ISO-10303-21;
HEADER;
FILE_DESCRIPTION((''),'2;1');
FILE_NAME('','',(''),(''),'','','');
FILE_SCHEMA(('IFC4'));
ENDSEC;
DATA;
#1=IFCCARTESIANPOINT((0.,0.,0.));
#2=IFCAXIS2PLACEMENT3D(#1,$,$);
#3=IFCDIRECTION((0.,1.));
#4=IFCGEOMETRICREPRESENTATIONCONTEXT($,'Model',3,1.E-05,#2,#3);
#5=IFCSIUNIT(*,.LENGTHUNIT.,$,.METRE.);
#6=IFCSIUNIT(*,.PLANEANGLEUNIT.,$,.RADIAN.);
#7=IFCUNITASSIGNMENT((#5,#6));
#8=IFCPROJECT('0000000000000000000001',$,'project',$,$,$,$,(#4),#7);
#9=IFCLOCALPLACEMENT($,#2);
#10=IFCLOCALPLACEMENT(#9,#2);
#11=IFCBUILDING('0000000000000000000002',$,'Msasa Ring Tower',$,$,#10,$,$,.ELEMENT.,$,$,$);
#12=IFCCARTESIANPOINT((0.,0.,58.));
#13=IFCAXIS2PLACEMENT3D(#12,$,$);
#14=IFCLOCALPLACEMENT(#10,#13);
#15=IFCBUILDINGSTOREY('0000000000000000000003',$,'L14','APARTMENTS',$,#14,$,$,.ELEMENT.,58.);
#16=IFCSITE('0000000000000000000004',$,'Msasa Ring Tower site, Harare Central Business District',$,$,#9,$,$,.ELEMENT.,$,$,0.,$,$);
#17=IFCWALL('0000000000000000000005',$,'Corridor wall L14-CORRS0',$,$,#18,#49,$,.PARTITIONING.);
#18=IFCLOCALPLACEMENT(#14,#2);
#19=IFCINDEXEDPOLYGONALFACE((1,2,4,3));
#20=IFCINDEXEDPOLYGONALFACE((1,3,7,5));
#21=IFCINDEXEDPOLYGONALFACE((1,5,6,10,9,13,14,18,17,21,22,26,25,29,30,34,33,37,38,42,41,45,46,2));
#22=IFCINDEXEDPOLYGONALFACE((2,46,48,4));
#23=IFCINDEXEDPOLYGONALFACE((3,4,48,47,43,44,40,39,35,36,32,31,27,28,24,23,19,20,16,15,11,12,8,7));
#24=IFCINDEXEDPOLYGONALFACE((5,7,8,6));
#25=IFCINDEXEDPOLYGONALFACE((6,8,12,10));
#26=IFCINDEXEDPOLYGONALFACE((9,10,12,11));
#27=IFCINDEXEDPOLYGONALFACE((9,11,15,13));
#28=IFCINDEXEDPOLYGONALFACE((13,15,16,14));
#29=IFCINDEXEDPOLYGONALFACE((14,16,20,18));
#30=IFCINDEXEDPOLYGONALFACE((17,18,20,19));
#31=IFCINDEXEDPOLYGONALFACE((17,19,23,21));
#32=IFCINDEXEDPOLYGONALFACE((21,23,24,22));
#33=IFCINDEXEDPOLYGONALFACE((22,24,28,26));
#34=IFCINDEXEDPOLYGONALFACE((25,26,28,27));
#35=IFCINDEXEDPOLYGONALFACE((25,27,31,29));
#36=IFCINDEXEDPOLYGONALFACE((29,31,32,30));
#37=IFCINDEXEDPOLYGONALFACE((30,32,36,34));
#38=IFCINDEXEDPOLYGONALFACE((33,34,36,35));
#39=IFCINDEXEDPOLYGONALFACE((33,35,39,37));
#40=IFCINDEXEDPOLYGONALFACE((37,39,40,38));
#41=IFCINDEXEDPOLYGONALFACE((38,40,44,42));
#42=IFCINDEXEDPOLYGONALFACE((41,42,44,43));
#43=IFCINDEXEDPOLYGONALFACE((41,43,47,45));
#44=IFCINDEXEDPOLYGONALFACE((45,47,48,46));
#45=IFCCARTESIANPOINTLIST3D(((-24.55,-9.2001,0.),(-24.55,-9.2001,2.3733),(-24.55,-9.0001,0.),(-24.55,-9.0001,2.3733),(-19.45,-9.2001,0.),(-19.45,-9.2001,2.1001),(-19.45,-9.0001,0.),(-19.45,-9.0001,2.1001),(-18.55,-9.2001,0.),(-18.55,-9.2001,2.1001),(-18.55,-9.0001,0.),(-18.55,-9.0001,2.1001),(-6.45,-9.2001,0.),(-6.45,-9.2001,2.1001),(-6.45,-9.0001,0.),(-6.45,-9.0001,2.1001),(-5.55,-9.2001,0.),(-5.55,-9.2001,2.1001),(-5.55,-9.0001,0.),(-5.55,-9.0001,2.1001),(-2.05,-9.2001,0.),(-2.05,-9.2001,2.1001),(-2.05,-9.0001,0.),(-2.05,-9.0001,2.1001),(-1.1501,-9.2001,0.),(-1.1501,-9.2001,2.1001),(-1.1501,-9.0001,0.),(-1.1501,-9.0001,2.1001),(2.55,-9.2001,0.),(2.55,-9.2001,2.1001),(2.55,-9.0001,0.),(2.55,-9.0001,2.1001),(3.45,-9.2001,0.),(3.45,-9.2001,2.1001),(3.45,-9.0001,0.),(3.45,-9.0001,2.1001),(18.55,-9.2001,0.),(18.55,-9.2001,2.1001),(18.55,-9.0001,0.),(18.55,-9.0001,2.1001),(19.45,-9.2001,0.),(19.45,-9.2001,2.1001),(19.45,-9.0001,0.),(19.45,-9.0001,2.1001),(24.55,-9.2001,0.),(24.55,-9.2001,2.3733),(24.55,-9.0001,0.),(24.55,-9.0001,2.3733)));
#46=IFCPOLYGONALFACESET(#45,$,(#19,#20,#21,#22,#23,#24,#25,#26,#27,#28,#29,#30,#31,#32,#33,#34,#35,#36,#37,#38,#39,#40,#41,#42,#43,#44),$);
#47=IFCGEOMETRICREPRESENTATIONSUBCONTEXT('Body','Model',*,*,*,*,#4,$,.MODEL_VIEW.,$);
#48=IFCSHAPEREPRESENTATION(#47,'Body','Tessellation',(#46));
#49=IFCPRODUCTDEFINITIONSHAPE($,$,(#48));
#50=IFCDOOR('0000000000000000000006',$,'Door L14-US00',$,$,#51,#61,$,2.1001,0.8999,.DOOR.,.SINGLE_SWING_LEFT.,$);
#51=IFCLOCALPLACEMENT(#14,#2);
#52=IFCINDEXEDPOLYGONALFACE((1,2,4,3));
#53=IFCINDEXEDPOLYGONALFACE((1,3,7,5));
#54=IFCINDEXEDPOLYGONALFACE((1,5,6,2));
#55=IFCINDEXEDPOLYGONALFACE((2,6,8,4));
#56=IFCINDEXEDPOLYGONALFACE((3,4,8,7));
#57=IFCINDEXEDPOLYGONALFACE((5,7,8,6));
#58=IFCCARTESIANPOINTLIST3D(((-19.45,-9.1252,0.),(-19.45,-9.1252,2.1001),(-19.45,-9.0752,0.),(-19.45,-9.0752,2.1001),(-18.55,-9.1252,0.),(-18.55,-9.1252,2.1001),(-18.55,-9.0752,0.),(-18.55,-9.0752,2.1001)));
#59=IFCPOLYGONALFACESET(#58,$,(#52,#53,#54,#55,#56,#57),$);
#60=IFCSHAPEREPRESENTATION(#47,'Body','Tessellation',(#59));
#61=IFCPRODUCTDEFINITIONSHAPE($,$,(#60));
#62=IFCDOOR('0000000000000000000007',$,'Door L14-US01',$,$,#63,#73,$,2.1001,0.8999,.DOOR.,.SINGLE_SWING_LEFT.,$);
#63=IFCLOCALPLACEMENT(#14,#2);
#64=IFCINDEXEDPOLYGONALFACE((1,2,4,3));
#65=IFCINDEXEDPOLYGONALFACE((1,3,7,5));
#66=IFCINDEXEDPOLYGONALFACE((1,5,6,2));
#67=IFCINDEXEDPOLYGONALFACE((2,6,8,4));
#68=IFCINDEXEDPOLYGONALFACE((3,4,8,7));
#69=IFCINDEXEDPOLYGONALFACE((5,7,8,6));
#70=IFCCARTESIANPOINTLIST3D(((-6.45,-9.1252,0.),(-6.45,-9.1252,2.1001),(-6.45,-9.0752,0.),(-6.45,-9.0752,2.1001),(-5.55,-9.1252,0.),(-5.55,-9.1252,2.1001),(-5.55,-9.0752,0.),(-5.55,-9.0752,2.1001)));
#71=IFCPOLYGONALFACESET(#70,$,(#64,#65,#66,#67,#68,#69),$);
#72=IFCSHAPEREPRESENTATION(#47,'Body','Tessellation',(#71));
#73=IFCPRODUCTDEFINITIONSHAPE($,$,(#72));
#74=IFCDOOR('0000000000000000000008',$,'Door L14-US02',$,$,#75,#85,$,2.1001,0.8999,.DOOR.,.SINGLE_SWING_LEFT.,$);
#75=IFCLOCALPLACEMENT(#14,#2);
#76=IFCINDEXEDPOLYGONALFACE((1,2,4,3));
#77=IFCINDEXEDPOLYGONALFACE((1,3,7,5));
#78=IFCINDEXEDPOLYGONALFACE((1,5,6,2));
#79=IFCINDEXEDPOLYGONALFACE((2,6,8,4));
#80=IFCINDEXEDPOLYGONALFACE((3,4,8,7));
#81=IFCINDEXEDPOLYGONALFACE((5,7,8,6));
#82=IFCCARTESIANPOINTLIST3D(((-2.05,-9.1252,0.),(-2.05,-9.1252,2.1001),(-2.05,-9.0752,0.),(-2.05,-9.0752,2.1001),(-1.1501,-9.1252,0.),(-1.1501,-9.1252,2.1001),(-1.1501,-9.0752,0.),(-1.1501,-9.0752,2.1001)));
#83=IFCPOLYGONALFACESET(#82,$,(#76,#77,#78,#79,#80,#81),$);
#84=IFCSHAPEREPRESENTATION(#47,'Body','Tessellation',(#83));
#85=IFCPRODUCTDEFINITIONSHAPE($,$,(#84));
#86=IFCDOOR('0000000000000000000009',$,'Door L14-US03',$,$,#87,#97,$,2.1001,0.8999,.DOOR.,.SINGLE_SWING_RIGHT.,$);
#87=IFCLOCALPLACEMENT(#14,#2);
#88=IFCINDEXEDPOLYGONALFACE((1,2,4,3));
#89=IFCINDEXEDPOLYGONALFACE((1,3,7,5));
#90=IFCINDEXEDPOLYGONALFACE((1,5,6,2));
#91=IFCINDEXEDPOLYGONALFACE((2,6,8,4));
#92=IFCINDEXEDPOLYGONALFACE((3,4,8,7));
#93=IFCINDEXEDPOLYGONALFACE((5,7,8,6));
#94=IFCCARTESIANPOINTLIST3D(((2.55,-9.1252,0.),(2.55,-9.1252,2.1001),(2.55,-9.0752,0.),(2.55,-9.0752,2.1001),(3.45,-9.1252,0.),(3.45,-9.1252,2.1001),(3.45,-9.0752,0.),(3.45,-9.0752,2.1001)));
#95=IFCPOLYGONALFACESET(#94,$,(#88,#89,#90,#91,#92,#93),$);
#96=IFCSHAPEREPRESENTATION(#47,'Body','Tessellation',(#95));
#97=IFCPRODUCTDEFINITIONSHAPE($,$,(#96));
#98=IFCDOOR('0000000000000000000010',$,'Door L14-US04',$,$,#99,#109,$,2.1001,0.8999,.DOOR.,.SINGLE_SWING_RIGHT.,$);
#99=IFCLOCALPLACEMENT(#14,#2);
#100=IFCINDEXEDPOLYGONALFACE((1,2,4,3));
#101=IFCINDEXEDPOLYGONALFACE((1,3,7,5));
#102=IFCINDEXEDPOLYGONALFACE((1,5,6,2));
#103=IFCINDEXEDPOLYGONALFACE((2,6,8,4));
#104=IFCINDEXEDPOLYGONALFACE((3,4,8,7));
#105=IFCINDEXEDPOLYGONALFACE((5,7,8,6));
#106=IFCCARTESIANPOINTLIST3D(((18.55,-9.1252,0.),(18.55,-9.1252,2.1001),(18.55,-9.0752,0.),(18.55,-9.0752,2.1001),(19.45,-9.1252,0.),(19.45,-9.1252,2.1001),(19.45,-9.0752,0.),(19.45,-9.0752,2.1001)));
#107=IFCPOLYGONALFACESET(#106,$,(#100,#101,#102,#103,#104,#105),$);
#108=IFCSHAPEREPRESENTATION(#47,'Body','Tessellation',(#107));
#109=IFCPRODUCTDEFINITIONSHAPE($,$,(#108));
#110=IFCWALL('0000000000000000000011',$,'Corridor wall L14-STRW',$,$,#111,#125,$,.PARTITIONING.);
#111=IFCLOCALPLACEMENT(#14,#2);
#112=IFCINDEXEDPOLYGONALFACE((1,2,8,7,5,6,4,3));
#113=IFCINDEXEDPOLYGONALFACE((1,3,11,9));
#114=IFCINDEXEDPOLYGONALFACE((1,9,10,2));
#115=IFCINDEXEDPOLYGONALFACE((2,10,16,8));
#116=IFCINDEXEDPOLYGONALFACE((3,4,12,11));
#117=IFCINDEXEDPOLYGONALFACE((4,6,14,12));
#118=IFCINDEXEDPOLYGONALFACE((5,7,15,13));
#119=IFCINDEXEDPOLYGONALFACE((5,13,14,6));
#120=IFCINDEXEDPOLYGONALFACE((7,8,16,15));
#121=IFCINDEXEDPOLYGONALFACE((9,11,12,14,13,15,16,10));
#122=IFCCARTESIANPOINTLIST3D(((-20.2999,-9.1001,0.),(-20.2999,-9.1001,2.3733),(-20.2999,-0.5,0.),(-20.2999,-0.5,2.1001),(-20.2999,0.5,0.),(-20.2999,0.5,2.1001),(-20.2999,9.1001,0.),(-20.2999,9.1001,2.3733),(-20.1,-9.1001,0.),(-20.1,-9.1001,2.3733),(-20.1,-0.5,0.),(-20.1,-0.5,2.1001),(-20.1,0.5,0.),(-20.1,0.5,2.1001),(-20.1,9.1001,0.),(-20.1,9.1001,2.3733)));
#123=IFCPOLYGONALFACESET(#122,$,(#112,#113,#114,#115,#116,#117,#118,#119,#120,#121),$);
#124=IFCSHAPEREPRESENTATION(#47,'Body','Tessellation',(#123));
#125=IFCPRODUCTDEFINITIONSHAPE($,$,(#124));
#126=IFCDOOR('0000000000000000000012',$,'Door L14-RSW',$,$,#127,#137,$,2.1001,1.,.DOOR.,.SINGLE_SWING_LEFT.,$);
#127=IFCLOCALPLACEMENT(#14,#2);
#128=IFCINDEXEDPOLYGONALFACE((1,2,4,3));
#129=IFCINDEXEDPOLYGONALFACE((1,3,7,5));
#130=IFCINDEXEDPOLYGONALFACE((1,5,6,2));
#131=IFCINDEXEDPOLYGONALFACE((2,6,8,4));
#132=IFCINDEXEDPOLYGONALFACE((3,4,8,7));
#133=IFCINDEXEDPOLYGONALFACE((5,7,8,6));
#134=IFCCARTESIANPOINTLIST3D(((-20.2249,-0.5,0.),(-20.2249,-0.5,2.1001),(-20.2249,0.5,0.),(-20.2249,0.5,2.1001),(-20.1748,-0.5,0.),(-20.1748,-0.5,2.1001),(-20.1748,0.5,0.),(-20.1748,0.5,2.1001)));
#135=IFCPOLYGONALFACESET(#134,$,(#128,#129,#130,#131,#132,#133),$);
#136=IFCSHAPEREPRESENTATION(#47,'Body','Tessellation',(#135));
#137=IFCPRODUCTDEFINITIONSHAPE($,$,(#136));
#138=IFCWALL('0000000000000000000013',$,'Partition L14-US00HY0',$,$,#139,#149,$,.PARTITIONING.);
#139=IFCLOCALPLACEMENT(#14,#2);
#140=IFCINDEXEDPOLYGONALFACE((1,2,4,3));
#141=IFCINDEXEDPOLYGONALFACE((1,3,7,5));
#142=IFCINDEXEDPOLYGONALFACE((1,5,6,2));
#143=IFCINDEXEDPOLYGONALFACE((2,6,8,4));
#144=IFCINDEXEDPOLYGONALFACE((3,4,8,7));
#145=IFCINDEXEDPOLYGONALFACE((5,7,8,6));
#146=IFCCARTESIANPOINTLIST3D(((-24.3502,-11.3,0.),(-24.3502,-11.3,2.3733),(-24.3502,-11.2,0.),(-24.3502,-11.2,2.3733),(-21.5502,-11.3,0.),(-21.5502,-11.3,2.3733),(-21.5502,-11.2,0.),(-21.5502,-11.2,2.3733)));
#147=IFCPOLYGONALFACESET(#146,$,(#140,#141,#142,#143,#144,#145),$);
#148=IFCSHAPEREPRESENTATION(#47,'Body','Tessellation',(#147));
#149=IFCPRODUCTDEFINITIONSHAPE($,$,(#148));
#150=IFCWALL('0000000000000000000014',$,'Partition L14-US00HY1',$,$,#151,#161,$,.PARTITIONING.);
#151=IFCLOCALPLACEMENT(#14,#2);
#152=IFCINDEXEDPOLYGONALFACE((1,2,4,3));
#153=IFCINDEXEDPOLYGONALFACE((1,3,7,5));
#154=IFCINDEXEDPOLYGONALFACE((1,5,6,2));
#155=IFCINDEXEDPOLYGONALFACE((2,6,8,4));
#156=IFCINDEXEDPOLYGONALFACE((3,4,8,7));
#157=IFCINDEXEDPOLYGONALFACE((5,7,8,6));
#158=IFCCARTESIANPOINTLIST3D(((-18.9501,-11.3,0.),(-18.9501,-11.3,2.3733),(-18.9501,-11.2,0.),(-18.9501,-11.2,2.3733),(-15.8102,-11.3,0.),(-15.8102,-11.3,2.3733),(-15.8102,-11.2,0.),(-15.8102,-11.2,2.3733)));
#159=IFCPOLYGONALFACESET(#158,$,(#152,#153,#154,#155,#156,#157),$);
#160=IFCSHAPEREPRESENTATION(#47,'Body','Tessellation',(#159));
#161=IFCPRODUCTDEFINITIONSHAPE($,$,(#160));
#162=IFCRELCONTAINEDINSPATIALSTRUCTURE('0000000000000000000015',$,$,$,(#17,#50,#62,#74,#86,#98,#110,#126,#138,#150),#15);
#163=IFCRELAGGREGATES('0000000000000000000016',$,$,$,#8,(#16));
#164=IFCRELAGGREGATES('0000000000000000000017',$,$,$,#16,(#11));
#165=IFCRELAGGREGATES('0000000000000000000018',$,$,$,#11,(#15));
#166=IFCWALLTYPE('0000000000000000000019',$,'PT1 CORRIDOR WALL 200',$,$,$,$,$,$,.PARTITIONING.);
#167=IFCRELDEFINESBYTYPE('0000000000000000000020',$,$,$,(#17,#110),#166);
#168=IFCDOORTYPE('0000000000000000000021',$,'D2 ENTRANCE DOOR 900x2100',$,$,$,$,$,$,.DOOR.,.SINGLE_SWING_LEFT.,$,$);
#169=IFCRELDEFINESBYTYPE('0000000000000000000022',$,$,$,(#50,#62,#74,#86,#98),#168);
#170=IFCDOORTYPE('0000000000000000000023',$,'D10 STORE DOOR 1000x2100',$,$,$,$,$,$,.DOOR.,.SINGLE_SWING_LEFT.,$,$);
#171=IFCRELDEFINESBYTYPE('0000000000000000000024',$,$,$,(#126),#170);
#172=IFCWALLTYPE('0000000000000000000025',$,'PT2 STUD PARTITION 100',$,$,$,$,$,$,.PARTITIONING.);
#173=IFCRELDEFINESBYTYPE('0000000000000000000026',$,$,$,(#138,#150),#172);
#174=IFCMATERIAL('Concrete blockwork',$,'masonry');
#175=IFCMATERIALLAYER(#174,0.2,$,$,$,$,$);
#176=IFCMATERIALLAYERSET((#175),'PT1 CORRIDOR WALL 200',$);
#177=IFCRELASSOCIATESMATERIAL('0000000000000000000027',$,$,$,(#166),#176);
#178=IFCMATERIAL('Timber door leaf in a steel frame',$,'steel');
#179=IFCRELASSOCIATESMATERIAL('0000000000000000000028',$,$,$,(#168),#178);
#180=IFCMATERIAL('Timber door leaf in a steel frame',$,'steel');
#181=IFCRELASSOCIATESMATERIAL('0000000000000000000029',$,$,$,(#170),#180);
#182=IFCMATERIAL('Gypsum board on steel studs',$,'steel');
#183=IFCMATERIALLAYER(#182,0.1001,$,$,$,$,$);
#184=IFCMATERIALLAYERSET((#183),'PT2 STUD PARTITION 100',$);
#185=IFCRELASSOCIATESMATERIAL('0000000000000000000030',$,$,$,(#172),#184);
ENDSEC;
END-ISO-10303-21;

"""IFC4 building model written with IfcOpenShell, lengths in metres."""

from ifc_helpers import new_model, si_unit, direction, frame, frame_2d, origin, place, context, subcontext, project, spatial, rectangle, extrude, material, layer, layer_set, type_object, element, fill, save


model = new_model("IFC4")

# Units and contexts
model_context = context("Model", 3, precision=1e-05, world=origin(), true_north=direction((0.0, 1.0)))
body_context = subcontext(model_context, "Body", "Model", "MODEL_VIEW")
ifc_project = project(units=[si_unit("LENGTHUNIT", "METRE"), si_unit("PLANEANGLEUNIT", "RADIAN")], contexts=[model_context])

# Site, building, storey
site_placement = place(None, origin())
site = spatial("IfcSite", under=ifc_project, at=site_placement, Name="Msasa Ring Tower site, Harare Central Business District", CompositionType="ELEMENT", RefElevation=0.0)
building_placement = place(site_placement, origin())
building = spatial("IfcBuilding", under=site, at=building_placement, Name="Msasa Ring Tower", CompositionType="ELEMENT")
storey_placement = place(building_placement, frame((0.0, 0.0, 58.0)))
storey = spatial("IfcBuildingStorey", under=building, at=storey_placement, Name="L14", Description="APARTMENTS", CompositionType="ELEMENT", Elevation=58.0)

# Wall, openings, doors
ifc_material_1 = material(Name="Concrete blockwork", Category="masonry")
ifc_layer_1 = layer(ifc_material_1, 0.2)
ifc_layer_set_1 = layer_set([ifc_layer_1], Name="PT1 CORRIDOR WALL 200")
wall_type_1 = type_object("IfcWallType", Name="PT1 CORRIDOR WALL 200", PredefinedType="PARTITIONING", material=ifc_layer_set_1)
wall_1_placement = place(storey_placement, frame((-24.55, -9.1001, 0.0), z_axis=(0.0, 0.0, 1.0), x_axis=(1.0, 0.0, 0.0)))
wall_1 = element("IfcWall", 1, at=wall_1_placement, inside=storey, type_object=wall_type_1, Name="Corridor wall L14-CORRS0", PredefinedType="PARTITIONING", context=body_context, shape_type="SweptSolid", body=[
    extrude(rectangle(XDim=49.1001, YDim=0.2, at=frame_2d((24.55, 0.0))), origin(), (0.0, 0.0, 1.0), 2.3733),
])
opening_1_placement = place(wall_1_placement, frame((5.1001, 0.0, 0.0)))
opening_1 = element("IfcOpeningElement", 2, at=opening_1_placement, cuts=wall_1, PredefinedType="OPENING", context=body_context, shape_type="SweptSolid", body=[
    extrude(rectangle(XDim=0.8999, YDim=2.1001, at=frame_2d((0.45, 1.05))), frame((0.0, 0.1099, 0.0), z_axis=(0.0, -1.0, 0.0), x_axis=(1.0, 0.0, 0.0)), (0.0, 0.0, 1.0), 0.22),
])
opening_2_placement = place(wall_1_placement, frame((18.1001, 0.0, 0.0)))
opening_2 = element("IfcOpeningElement", 3, at=opening_2_placement, cuts=wall_1, PredefinedType="OPENING", context=body_context, shape_type="SweptSolid", body=[
    extrude(rectangle(XDim=0.8999, YDim=2.1001, at=frame_2d((0.45, 1.05))), frame((0.0, 0.1099, 0.0), z_axis=(0.0, -1.0, 0.0), x_axis=(1.0, 0.0, 0.0)), (0.0, 0.0, 1.0), 0.22),
])
opening_3_placement = place(wall_1_placement, frame((22.5, 0.0, 0.0)))
opening_3 = element("IfcOpeningElement", 4, at=opening_3_placement, cuts=wall_1, PredefinedType="OPENING", context=body_context, shape_type="SweptSolid", body=[
    extrude(rectangle(XDim=0.8999, YDim=2.1001, at=frame_2d((0.45, 1.05))), frame((0.0, 0.1099, 0.0), z_axis=(0.0, -1.0, 0.0), x_axis=(1.0, 0.0, 0.0)), (0.0, 0.0, 1.0), 0.22),
])
opening_4_placement = place(wall_1_placement, frame((27.1001, 0.0, 0.0)))
opening_4 = element("IfcOpeningElement", 5, at=opening_4_placement, cuts=wall_1, PredefinedType="OPENING", context=body_context, shape_type="SweptSolid", body=[
    extrude(rectangle(XDim=0.8999, YDim=2.1001, at=frame_2d((0.45, 1.05))), frame((0.0, 0.1099, 0.0), z_axis=(0.0, -1.0, 0.0), x_axis=(1.0, 0.0, 0.0)), (0.0, 0.0, 1.0), 0.22),
])
opening_5_placement = place(wall_1_placement, frame((43.1001, 0.0, 0.0)))
opening_5 = element("IfcOpeningElement", 6, at=opening_5_placement, cuts=wall_1, PredefinedType="OPENING", context=body_context, shape_type="SweptSolid", body=[
    extrude(rectangle(XDim=0.8999, YDim=2.1001, at=frame_2d((0.45, 1.05))), frame((0.0, 0.1099, 0.0), z_axis=(0.0, -1.0, 0.0), x_axis=(1.0, 0.0, 0.0)), (0.0, 0.0, 1.0), 0.22),
])
ifc_material_2 = material(Name="Timber door leaf in a steel frame", Category="steel")
door_type_1 = type_object("IfcDoorType", Name="D2 ENTRANCE DOOR 900x2100", OperationType="SINGLE_SWING_LEFT", PredefinedType="DOOR", material=ifc_material_2)
door_1_placement = place(opening_1_placement, origin())
door_1 = element("IfcDoor", 7, at=door_1_placement, inside=storey, type_object=door_type_1, Name="Door L14-US00", OperationType="SINGLE_SWING_LEFT", OverallHeight=2.1001, OverallWidth=0.8999, PredefinedType="DOOR", context=body_context, shape_type="SweptSolid", body=[
    extrude(rectangle(XDim=0.8999, YDim=2.1001, at=frame_2d((0.45, 1.05))), frame((0.0, 0.0249, 0.0), z_axis=(0.0, -1.0, 0.0), x_axis=(1.0, 0.0, 0.0)), (0.0, 0.0, 1.0), 0.05),
])
fill(opening_1, door_1)
door_2_placement = place(opening_2_placement, origin())
door_2 = element("IfcDoor", 8, at=door_2_placement, inside=storey, type_object=door_type_1, Name="Door L14-US01", OperationType="SINGLE_SWING_LEFT", OverallHeight=2.1001, OverallWidth=0.8999, PredefinedType="DOOR", context=body_context, shape_type="SweptSolid", body=[
    extrude(rectangle(XDim=0.8999, YDim=2.1001, at=frame_2d((0.45, 1.05))), frame((0.0, 0.0249, 0.0), z_axis=(0.0, -1.0, 0.0), x_axis=(1.0, 0.0, 0.0)), (0.0, 0.0, 1.0), 0.05),
])
fill(opening_2, door_2)
door_3_placement = place(opening_3_placement, origin())
door_3 = element("IfcDoor", 9, at=door_3_placement, inside=storey, type_object=door_type_1, Name="Door L14-US02", OperationType="SINGLE_SWING_LEFT", OverallHeight=2.1001, OverallWidth=0.8999, PredefinedType="DOOR", context=body_context, shape_type="SweptSolid", body=[
    extrude(rectangle(XDim=0.8999, YDim=2.1001, at=frame_2d((0.45, 1.05))), frame((0.0, 0.0249, 0.0), z_axis=(0.0, -1.0, 0.0), x_axis=(1.0, 0.0, 0.0)), (0.0, 0.0, 1.0), 0.05),
])
fill(opening_3, door_3)
door_4_placement = place(opening_4_placement, origin())
door_4 = element("IfcDoor", 10, at=door_4_placement, inside=storey, type_object=door_type_1, Name="Door L14-US03", OperationType="SINGLE_SWING_RIGHT", OverallHeight=2.1001, OverallWidth=0.8999, PredefinedType="DOOR", context=body_context, shape_type="SweptSolid", body=[
    extrude(rectangle(XDim=0.8999, YDim=2.1001, at=frame_2d((0.45, 1.05))), frame((0.0, 0.0249, 0.0), z_axis=(0.0, -1.0, 0.0), x_axis=(1.0, 0.0, 0.0)), (0.0, 0.0, 1.0), 0.05),
])
fill(opening_4, door_4)
door_5_placement = place(opening_5_placement, origin())
door_5 = element("IfcDoor", 11, at=door_5_placement, inside=storey, type_object=door_type_1, Name="Door L14-US04", OperationType="SINGLE_SWING_RIGHT", OverallHeight=2.1001, OverallWidth=0.8999, PredefinedType="DOOR", context=body_context, shape_type="SweptSolid", body=[
    extrude(rectangle(XDim=0.8999, YDim=2.1001, at=frame_2d((0.45, 1.05))), frame((0.0, 0.0249, 0.0), z_axis=(0.0, -1.0, 0.0), x_axis=(1.0, 0.0, 0.0)), (0.0, 0.0, 1.0), 0.05),
])
fill(opening_5, door_5)

# Wall, opening, door
wall_2_placement = place(storey_placement, frame((-20.2, -9.1001, 0.0), z_axis=(0.0, 0.0, 1.0), x_axis=(0.0, 1.0, 0.0)))
wall_2 = element("IfcWall", 12, at=wall_2_placement, inside=storey, type_object=wall_type_1, Name="Corridor wall L14-STRW", PredefinedType="PARTITIONING", context=body_context, shape_type="SweptSolid", body=[
    extrude(rectangle(XDim=18.2002, YDim=0.2, at=frame_2d((9.1001, 0.0))), origin(), (0.0, 0.0, 1.0), 2.3733),
])
opening_6_placement = place(wall_2_placement, frame((8.6001, 0.0, 0.0)))
opening_6 = element("IfcOpeningElement", 13, at=opening_6_placement, cuts=wall_2, PredefinedType="OPENING", context=body_context, shape_type="SweptSolid", body=[
    extrude(rectangle(XDim=1.0, YDim=2.1001, at=frame_2d((0.5, 1.05))), frame((0.0, 0.1099, 0.0), z_axis=(0.0, -1.0, 0.0), x_axis=(1.0, 0.0, 0.0)), (0.0, 0.0, 1.0), 0.22),
])
ifc_material_3 = material(Name="Timber door leaf in a steel frame", Category="steel")
door_type_2 = type_object("IfcDoorType", Name="D10 STORE DOOR 1000x2100", OperationType="SINGLE_SWING_LEFT", PredefinedType="DOOR", material=ifc_material_3)
door_6_placement = place(opening_6_placement, origin())
door_6 = element("IfcDoor", 14, at=door_6_placement, inside=storey, type_object=door_type_2, Name="Door L14-RSW", OperationType="SINGLE_SWING_LEFT", OverallHeight=2.1001, OverallWidth=1.0, PredefinedType="DOOR", context=body_context, shape_type="SweptSolid", body=[
    extrude(rectangle(XDim=1.0, YDim=2.1001, at=frame_2d((0.5, 1.05))), frame((0.0, 0.0249, 0.0), z_axis=(0.0, -1.0, 0.0), x_axis=(1.0, 0.0, 0.0)), (0.0, 0.0, 1.0), 0.05),
])
fill(opening_6, door_6)

# Walls
ifc_material_4 = material(Name="Gypsum board on steel studs", Category="steel")
ifc_layer_2 = layer(ifc_material_4, 0.1001)
ifc_layer_set_2 = layer_set([ifc_layer_2], Name="PT2 STUD PARTITION 100")
wall_type_2 = type_object("IfcWallType", Name="PT2 STUD PARTITION 100", PredefinedType="PARTITIONING", material=ifc_layer_set_2)
wall_3_placement = place(storey_placement, frame((-24.3501, -11.25, 0.0), z_axis=(0.0, 0.0, 1.0), x_axis=(1.0, 0.0, 0.0)))
element("IfcWall", 15, at=wall_3_placement, inside=storey, type_object=wall_type_2, Name="Partition L14-US00HY0", PredefinedType="PARTITIONING", context=body_context, shape_type="SweptSolid", body=[
    extrude(rectangle(XDim=2.8, YDim=0.1001, at=frame_2d((1.3999, 0.0))), origin(), (0.0, 0.0, 1.0), 2.3733),
])
wall_4_placement = place(storey_placement, frame((-18.95, -11.25, 0.0), z_axis=(0.0, 0.0, 1.0), x_axis=(1.0, 0.0, 0.0)))
element("IfcWall", 16, at=wall_4_placement, inside=storey, type_object=wall_type_2, Name="Partition L14-US00HY1", PredefinedType="PARTITIONING", context=body_context, shape_type="SweptSolid", body=[
    extrude(rectangle(XDim=3.1399, YDim=0.1001, at=frame_2d((1.5698, 0.0))), origin(), (0.0, 0.0, 1.0), 2.3733),
])

save(model, "model.ifc")
